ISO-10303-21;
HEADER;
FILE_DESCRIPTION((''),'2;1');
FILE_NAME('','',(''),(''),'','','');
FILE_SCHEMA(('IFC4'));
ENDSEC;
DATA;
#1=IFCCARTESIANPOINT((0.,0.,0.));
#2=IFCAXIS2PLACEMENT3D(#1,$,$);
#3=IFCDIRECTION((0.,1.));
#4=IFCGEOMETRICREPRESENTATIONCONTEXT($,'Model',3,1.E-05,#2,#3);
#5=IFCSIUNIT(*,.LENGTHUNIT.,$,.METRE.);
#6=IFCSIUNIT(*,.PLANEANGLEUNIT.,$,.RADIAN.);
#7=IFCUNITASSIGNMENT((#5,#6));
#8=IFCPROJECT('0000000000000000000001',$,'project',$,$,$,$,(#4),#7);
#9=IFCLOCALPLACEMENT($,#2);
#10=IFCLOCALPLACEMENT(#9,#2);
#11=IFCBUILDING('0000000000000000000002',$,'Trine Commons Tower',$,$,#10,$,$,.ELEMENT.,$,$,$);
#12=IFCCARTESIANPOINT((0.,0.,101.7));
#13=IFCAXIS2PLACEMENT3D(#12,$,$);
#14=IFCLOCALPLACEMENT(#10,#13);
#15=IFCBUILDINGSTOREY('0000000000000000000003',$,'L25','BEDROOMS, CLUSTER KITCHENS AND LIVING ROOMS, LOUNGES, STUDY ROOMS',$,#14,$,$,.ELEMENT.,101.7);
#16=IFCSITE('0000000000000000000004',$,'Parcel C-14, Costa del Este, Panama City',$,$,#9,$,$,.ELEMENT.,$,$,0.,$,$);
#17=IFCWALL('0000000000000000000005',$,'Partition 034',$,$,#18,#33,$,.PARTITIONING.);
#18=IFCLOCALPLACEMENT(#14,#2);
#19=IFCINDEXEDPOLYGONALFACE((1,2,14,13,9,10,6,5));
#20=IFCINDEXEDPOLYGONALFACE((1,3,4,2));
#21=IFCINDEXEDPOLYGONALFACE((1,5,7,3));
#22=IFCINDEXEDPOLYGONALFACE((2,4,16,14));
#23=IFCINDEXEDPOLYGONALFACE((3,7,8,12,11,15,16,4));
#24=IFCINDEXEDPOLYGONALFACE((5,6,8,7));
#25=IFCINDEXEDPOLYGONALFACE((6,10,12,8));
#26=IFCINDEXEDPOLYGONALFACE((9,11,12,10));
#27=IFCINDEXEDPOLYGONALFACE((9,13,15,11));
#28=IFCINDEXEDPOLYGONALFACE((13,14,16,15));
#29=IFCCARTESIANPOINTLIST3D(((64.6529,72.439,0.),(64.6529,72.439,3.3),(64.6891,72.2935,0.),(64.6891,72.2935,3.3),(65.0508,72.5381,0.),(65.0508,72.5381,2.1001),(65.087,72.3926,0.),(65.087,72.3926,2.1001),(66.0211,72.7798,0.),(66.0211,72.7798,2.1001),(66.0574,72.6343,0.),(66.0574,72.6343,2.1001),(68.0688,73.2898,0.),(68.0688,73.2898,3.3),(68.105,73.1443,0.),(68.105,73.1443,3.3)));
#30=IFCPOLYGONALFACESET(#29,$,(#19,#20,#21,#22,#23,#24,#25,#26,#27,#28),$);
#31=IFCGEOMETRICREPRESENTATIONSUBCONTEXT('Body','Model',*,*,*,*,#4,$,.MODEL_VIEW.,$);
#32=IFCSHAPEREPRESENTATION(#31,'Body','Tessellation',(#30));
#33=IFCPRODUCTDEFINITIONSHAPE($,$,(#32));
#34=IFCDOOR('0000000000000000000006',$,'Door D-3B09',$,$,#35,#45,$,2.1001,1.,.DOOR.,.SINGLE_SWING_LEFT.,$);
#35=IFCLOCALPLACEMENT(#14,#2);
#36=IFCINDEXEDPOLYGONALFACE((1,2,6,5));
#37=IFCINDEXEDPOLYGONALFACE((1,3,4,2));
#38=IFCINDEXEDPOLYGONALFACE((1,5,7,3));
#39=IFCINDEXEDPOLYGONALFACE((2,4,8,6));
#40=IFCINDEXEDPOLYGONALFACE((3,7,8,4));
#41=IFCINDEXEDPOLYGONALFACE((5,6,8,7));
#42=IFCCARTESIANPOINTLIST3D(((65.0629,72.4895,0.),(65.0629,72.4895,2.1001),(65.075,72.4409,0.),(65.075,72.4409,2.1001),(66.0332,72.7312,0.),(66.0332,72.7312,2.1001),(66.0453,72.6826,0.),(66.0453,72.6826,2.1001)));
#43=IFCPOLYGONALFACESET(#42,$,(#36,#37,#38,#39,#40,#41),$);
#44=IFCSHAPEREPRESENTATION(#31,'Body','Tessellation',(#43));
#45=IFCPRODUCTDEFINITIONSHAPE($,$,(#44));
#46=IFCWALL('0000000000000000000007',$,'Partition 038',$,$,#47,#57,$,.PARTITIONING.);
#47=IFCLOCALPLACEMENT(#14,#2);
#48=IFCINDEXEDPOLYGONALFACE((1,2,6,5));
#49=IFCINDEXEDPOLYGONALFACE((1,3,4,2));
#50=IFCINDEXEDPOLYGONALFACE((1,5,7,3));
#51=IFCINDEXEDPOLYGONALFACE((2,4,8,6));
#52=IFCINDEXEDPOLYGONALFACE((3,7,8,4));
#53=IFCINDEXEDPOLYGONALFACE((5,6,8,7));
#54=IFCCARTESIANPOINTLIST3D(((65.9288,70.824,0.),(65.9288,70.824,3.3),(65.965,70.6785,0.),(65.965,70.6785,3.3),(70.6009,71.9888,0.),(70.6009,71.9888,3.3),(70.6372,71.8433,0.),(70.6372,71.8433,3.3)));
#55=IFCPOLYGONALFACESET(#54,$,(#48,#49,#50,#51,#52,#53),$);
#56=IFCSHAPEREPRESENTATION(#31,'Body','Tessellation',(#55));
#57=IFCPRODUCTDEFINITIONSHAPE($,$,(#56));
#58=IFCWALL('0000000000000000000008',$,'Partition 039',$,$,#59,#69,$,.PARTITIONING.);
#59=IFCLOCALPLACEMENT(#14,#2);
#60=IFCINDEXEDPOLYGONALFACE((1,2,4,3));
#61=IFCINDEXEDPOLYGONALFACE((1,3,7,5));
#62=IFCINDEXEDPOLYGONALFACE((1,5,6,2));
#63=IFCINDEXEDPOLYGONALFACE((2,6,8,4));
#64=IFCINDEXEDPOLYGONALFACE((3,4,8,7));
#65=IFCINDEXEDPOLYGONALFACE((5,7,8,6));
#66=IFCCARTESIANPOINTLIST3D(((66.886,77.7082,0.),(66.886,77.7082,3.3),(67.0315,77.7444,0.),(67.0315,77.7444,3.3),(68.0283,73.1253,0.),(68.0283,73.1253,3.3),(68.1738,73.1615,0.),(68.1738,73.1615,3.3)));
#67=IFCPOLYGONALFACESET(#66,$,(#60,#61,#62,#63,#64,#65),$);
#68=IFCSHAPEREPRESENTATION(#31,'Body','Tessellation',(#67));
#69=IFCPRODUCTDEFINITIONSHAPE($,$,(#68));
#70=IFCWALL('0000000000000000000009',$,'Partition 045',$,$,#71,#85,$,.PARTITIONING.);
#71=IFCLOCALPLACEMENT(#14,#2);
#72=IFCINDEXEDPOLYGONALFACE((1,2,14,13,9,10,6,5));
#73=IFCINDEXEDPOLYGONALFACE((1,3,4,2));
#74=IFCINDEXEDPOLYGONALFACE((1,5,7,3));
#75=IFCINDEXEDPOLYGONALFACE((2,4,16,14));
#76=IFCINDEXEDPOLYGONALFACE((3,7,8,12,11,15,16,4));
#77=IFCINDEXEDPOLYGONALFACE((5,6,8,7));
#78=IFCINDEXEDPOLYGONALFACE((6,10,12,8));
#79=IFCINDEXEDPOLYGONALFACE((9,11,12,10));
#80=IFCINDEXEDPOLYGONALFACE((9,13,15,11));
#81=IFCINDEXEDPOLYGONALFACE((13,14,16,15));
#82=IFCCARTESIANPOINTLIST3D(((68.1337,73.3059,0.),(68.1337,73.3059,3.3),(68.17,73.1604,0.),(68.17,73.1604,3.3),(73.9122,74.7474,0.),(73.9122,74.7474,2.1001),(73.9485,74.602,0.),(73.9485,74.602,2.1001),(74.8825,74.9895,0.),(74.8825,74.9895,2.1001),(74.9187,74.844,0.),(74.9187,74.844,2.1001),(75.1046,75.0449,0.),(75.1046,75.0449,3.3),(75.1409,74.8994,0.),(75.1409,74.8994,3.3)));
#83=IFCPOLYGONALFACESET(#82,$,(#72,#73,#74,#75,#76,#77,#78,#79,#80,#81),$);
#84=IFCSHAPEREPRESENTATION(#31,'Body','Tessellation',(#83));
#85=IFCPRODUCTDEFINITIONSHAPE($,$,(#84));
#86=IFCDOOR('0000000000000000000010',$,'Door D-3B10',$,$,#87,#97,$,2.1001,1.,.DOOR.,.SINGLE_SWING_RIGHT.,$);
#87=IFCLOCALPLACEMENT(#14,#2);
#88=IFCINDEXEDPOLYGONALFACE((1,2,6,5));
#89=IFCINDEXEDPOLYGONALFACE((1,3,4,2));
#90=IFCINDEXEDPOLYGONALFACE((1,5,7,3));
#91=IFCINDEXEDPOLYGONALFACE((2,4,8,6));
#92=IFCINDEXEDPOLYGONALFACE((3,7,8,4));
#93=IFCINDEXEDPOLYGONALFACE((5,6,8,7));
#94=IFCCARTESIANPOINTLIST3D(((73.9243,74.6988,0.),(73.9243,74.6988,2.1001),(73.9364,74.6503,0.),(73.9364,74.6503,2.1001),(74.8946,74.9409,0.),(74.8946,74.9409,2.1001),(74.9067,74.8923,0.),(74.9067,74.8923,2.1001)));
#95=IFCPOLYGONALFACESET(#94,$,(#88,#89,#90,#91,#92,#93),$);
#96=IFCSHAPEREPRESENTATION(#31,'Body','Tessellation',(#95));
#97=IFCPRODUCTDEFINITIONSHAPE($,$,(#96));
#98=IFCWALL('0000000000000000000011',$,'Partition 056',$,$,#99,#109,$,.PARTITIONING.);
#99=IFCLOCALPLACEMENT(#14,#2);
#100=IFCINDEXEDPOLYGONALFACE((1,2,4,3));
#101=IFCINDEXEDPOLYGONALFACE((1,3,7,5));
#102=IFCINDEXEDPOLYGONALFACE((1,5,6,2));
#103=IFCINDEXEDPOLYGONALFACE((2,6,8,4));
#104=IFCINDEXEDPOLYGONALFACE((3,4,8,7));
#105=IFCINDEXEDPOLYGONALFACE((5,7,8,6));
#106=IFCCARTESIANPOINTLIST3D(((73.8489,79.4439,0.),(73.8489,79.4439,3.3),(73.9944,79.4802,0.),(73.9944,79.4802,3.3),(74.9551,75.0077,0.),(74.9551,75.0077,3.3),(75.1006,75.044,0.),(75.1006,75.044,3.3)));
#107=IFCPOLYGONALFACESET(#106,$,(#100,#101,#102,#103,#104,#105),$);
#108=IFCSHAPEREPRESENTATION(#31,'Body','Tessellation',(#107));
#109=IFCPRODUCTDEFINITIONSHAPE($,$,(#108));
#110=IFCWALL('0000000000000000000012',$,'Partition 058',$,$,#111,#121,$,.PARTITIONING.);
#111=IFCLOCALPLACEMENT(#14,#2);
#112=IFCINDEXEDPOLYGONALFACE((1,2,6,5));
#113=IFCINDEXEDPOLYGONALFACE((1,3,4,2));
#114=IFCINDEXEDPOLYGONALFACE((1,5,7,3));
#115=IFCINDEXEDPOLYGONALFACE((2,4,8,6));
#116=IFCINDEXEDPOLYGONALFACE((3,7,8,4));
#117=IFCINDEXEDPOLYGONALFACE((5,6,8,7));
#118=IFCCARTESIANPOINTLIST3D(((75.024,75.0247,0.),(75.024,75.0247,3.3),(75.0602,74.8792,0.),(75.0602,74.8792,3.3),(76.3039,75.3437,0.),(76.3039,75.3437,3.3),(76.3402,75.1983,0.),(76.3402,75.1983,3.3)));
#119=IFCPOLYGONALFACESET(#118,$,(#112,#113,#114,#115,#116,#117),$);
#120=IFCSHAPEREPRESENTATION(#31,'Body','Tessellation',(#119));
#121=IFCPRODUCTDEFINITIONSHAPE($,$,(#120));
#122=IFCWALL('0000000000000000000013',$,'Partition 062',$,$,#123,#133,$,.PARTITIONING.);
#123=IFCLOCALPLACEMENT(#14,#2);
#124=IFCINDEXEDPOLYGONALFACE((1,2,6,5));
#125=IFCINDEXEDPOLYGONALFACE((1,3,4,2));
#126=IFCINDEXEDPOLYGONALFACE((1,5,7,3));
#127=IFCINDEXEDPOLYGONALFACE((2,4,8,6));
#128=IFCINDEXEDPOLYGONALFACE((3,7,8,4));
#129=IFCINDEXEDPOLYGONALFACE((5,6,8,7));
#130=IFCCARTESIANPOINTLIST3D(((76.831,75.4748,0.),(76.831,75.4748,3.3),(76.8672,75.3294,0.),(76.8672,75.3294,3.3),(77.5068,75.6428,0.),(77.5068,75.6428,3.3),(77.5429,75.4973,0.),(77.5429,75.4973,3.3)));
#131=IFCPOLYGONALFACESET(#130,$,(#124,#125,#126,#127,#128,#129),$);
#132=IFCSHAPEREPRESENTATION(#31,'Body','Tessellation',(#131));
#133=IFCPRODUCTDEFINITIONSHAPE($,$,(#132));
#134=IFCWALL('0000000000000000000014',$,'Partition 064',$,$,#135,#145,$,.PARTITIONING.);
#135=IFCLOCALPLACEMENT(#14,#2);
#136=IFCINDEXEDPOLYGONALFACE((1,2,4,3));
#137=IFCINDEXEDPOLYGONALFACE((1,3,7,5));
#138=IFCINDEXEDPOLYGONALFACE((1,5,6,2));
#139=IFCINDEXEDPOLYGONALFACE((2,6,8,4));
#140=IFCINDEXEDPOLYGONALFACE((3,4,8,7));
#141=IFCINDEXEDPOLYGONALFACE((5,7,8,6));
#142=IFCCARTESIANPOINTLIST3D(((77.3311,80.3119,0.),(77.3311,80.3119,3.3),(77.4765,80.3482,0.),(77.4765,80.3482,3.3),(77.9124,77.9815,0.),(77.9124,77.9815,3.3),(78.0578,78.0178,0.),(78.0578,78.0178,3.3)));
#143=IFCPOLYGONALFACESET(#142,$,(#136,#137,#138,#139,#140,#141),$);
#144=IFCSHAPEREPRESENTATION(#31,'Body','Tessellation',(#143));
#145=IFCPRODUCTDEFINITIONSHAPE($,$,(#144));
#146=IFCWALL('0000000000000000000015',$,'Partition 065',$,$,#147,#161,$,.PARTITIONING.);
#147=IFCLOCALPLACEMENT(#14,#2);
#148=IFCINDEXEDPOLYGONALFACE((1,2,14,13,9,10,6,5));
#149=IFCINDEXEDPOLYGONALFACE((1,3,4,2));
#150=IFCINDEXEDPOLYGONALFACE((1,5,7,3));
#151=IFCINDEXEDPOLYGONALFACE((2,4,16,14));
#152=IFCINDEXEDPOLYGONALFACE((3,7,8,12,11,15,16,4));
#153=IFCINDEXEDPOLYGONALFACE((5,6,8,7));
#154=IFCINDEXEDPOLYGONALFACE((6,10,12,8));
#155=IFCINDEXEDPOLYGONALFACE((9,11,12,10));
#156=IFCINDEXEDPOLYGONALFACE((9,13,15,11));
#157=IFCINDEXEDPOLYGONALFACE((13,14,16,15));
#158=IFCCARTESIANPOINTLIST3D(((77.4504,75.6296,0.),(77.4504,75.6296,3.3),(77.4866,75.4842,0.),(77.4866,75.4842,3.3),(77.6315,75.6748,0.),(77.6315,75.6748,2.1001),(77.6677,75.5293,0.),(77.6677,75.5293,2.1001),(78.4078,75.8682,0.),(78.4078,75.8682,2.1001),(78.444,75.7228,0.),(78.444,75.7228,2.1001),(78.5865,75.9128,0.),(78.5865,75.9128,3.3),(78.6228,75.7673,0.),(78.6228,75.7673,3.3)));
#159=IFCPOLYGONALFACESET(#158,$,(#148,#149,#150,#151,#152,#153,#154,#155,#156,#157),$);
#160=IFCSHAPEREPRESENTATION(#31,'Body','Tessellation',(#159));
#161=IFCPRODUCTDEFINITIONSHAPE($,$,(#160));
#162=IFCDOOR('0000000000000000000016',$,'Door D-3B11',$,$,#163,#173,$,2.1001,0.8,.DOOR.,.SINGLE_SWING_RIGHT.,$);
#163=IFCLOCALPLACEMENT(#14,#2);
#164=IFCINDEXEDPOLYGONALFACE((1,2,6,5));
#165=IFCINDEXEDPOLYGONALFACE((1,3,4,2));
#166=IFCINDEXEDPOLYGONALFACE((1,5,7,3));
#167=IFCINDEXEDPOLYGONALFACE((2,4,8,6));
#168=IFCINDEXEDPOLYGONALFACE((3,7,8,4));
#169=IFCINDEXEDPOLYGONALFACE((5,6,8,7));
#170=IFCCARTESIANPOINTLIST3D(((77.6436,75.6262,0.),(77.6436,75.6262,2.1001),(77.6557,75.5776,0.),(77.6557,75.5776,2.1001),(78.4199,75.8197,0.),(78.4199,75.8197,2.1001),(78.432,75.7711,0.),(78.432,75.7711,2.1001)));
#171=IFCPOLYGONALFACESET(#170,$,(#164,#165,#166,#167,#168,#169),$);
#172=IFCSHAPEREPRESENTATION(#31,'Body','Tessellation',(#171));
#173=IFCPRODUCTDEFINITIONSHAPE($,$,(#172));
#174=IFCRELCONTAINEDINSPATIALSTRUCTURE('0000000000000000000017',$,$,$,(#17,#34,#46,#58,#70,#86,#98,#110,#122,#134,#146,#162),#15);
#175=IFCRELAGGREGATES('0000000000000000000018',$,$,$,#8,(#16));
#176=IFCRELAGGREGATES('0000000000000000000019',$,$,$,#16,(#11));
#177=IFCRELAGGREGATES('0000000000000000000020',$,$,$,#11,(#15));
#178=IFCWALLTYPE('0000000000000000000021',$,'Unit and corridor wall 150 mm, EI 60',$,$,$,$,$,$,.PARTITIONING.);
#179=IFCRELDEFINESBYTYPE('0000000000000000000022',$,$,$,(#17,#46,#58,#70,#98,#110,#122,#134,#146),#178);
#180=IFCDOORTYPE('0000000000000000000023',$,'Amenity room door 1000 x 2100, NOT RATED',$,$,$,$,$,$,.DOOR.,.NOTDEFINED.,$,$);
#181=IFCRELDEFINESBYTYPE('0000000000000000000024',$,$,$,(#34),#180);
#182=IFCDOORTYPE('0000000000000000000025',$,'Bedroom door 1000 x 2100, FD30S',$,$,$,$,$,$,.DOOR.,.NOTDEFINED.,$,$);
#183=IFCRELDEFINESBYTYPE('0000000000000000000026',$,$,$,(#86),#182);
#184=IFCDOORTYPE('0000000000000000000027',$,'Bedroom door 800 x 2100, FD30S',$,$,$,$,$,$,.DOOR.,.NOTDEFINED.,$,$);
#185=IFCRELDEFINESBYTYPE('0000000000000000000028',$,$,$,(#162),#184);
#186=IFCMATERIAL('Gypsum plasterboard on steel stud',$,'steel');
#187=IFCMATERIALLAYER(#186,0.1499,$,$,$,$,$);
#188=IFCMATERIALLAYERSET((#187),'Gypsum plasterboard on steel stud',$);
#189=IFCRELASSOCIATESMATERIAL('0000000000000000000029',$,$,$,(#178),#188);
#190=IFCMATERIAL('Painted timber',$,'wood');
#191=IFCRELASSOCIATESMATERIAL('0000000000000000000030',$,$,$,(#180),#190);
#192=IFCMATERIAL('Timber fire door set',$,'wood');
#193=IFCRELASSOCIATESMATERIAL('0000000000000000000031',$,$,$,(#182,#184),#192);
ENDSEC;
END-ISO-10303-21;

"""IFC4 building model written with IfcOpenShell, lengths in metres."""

from ifc_helpers import new_model, si_unit, direction, frame, frame_2d, origin, place, context, subcontext, project, spatial, rectangle, extrude, material, layer, layer_set, type_object, element, fill, save


model = new_model("IFC4")

# Units and contexts
model_context = context("Model", 3, precision=1e-05, world=origin(), true_north=direction((0.0, 1.0)))
body_context = subcontext(model_context, "Body", "Model", "MODEL_VIEW")
ifc_project = project(units=[si_unit("LENGTHUNIT", "METRE"), si_unit("PLANEANGLEUNIT", "RADIAN")], contexts=[model_context])

# Site, building, storey
site_placement = place(None, origin())
site = spatial("IfcSite", under=ifc_project, at=site_placement, Name="Parcel C-14, Costa del Este, Panama City", CompositionType="ELEMENT", RefElevation=0.0)
building_placement = place(site_placement, origin())
building = spatial("IfcBuilding", under=site, at=building_placement, Name="Trine Commons Tower", CompositionType="ELEMENT")
storey_placement = place(building_placement, frame((0.0, 0.0, 101.7)))
storey = spatial("IfcBuildingStorey", under=building, at=storey_placement, Name="L25", Description="BEDROOMS, CLUSTER KITCHENS AND LIVING ROOMS, LOUNGES, STUDY ROOMS", CompositionType="ELEMENT", Elevation=101.7)

# Shared definitions
ifc_material_1 = material(Name="Gypsum plasterboard on steel stud", Category="steel")
ifc_layer_1 = layer(ifc_material_1, 0.1499)
ifc_layer_set_1 = layer_set([ifc_layer_1], Name="Gypsum plasterboard on steel stud")
wall_type_1 = type_object("IfcWallType", Name="Unit and corridor wall 150 mm, EI 60", PredefinedType="PARTITIONING", material=ifc_layer_set_1)

# Wall, opening, door
wall_1_placement = place(storey_placement, frame((64.6709, 72.3662, 0.0), z_axis=(0.0, 0.0, 1.0), x_axis=(0.970354, 0.241687, 0.0)))
wall_1 = element("IfcWall", 1, at=wall_1_placement, inside=storey, type_object=wall_type_1, Name="Partition 034", PredefinedType="PARTITIONING", context=body_context, shape_type="SweptSolid", body=[
    extrude(rectangle(XDim=3.5203, YDim=0.1499, at=frame_2d((1.7603, 0.0))), origin(), (0.0, 0.0, 1.0), 3.3),
])
opening_1_placement = place(wall_1_placement, frame((0.4102, 0.0, 0.0)))
opening_1 = element("IfcOpeningElement", 2, at=opening_1_placement, cuts=wall_1, PredefinedType="OPENING", context=body_context, shape_type="SweptSolid", body=[
    extrude(rectangle(XDim=1.0, YDim=2.1001, at=frame_2d((0.5, 1.05))), frame((0.0, 0.085, 0.0), z_axis=(0.0, -1.0, 0.0), x_axis=(1.0, 0.0, 0.0)), (0.0, 0.0, 1.0), 0.1699),
])
ifc_material_2 = material(Name="Painted timber", Category="wood")
door_type_1 = type_object("IfcDoorType", Name="Amenity room door 1000 x 2100, NOT RATED", OperationType="NOTDEFINED", PredefinedType="DOOR", material=ifc_material_2)
door_1_placement = place(opening_1_placement, origin())
door_1 = element("IfcDoor", 3, at=door_1_placement, inside=storey, type_object=door_type_1, Name="Door D-3B09", OperationType="SINGLE_SWING_LEFT", OverallHeight=2.1001, OverallWidth=1.0, PredefinedType="DOOR", context=body_context, shape_type="SweptSolid", body=[
    extrude(rectangle(XDim=1.0, YDim=2.1001, at=frame_2d((0.5, 1.05))), frame((0.0, 0.0249, 0.0), z_axis=(0.0, -1.0, 0.0), x_axis=(1.0, 0.0, 0.0)), (0.0, 0.0, 1.0), 0.05),
])
fill(opening_1, door_1)

# Walls
wall_2_placement = place(storey_placement, frame((65.9468, 70.7512, 0.0), z_axis=(0.0, 0.0, 1.0), x_axis=(0.9703, 0.241903, 0.0)))
element("IfcWall", 4, at=wall_2_placement, inside=storey, type_object=wall_type_1, Name="Partition 038", PredefinedType="PARTITIONING", context=body_context, shape_type="SweptSolid", body=[
    extrude(rectangle(XDim=4.8152, YDim=0.1499, at=frame_2d((2.4077, 0.0))), origin(), (0.0, 0.0, 1.0), 3.3),
])
wall_3_placement = place(storey_placement, frame((66.9587, 77.7263, 0.0), z_axis=(0.0, 0.0, 1.0), x_axis=(0.241854, -0.970313, 0.0)))
element("IfcWall", 5, at=wall_3_placement, inside=storey, type_object=wall_type_1, Name="Partition 039", PredefinedType="PARTITIONING", context=body_context, shape_type="SweptSolid", body=[
    extrude(rectangle(XDim=4.7231, YDim=0.1499, at=frame_2d((2.3616, 0.0))), origin(), (0.0, 0.0, 1.0), 3.3),
])

# Wall, opening, door
wall_4_placement = place(storey_placement, frame((68.1519, 73.2332, 0.0), z_axis=(0.0, 0.0, 1.0), x_axis=(0.970264, 0.242048, 0.0)))
wall_4 = element("IfcWall", 6, at=wall_4_placement, inside=storey, type_object=wall_type_1, Name="Partition 045", PredefinedType="PARTITIONING", context=body_context, shape_type="SweptSolid", body=[
    extrude(rectangle(XDim=7.1846, YDim=0.1499, at=frame_2d((3.5923, 0.0))), origin(), (0.0, 0.0, 1.0), 3.3),
])
opening_2_placement = place(wall_4_placement, frame((5.9556, 0.0, 0.0)))
opening_2 = element("IfcOpeningElement", 7, at=opening_2_placement, cuts=wall_4, PredefinedType="OPENING", context=body_context, shape_type="SweptSolid", body=[
    extrude(rectangle(XDim=1.0, YDim=2.1001, at=frame_2d((0.5, 1.05))), frame((0.0, 0.085, 0.0), z_axis=(0.0, -1.0, 0.0), x_axis=(1.0, 0.0, 0.0)), (0.0, 0.0, 1.0), 0.1699),
])
ifc_material_3 = material(Name="Timber fire door set", Category="wood")
door_type_2 = type_object("IfcDoorType", Name="Bedroom door 1000 x 2100, FD30S", OperationType="NOTDEFINED", PredefinedType="DOOR", material=ifc_material_3)
door_2_placement = place(opening_2_placement, origin())
door_2 = element("IfcDoor", 8, at=door_2_placement, inside=storey, type_object=door_type_2, Name="Door D-3B10", OperationType="SINGLE_SWING_RIGHT", OverallHeight=2.1001, OverallWidth=1.0, PredefinedType="DOOR", context=body_context, shape_type="SweptSolid", body=[
    extrude(rectangle(XDim=1.0, YDim=2.1001, at=frame_2d((0.5, 1.05))), frame((0.0, 0.0249, 0.0), z_axis=(0.0, -1.0, 0.0), x_axis=(1.0, 0.0, 0.0)), (0.0, 0.0, 1.0), 0.05),
])
fill(opening_2, door_2)

# Walls
wall_5_placement = place(storey_placement, frame((73.9216, 79.4622, 0.0), z_axis=(0.0, 0.0, 1.0), x_axis=(0.241945, -0.97029, 0.0)))
element("IfcWall", 9, at=wall_5_placement, inside=storey, type_object=wall_type_1, Name="Partition 056", PredefinedType="PARTITIONING", context=body_context, shape_type="SweptSolid", body=[
    extrude(rectangle(XDim=4.572, YDim=0.1499, at=frame_2d((2.2861, 0.0))), origin(), (0.0, 0.0, 1.0), 3.3),
])
wall_6_placement = place(storey_placement, frame((75.042, 74.9519, 0.0), z_axis=(0.0, 0.0, 1.0), x_axis=(0.970306, 0.241882, 0.0)))
element("IfcWall", 10, at=wall_6_placement, inside=storey, type_object=wall_type_1, Name="Partition 058", PredefinedType="PARTITIONING", context=body_context, shape_type="SweptSolid", body=[
    extrude(rectangle(XDim=1.3191, YDim=0.1499, at=frame_2d((0.6597, 0.0))), origin(), (0.0, 0.0, 1.0), 3.3),
])
wall_7_placement = place(storey_placement, frame((76.8491, 75.4021, 0.0), z_axis=(0.0, 0.0, 1.0), x_axis=(0.970472, 0.241215, 0.0)))
element("IfcWall", 11, at=wall_7_placement, inside=storey, type_object=wall_type_1, Name="Partition 062", PredefinedType="PARTITIONING", context=body_context, shape_type="SweptSolid", body=[
    extrude(rectangle(XDim=0.6963, YDim=0.1499, at=frame_2d((0.3481, 0.0))), origin(), (0.0, 0.0, 1.0), 3.3),
])
wall_8_placement = place(storey_placement, frame((77.4038, 80.3301, 0.0), z_axis=(0.0, 0.0, 1.0), x_axis=(0.242009, -0.970274, 0.0)))
element("IfcWall", 12, at=wall_8_placement, inside=storey, type_object=wall_type_1, Name="Partition 064", PredefinedType="PARTITIONING", context=body_context, shape_type="SweptSolid", body=[
    extrude(rectangle(XDim=2.4019, YDim=0.1499, at=frame_2d((1.2009, 0.0))), origin(), (0.0, 0.0, 1.0), 3.3),
])

# Wall, opening, door
wall_9_placement = place(storey_placement, frame((77.4685, 75.5569, 0.0), z_axis=(0.0, 0.0, 1.0), x_axis=(0.970314, 0.241849, 0.0)))
wall_9 = element("IfcWall", 13, at=wall_9_placement, inside=storey, type_object=wall_type_1, Name="Partition 065", PredefinedType="PARTITIONING", context=body_context, shape_type="SweptSolid", body=[
    extrude(rectangle(XDim=1.1709, YDim=0.1499, at=frame_2d((0.5854, 0.0))), origin(), (0.0, 0.0, 1.0), 3.3),
])
opening_3_placement = place(wall_9_placement, frame((0.1868, 0.0, 0.0)))
opening_3 = element("IfcOpeningElement", 14, at=opening_3_placement, cuts=wall_9, PredefinedType="OPENING", context=body_context, shape_type="SweptSolid", body=[
    extrude(rectangle(XDim=0.8, YDim=2.1001, at=frame_2d((0.3999, 1.05))), frame((0.0, 0.085, 0.0), z_axis=(0.0, -1.0, 0.0), x_axis=(1.0, 0.0, 0.0)), (0.0, 0.0, 1.0), 0.1699),
])
door_type_3 = type_object("IfcDoorType", Name="Bedroom door 800 x 2100, FD30S", OperationType="NOTDEFINED", PredefinedType="DOOR", material=ifc_material_3)
door_3_placement = place(opening_3_placement, origin())
door_3 = element("IfcDoor", 15, at=door_3_placement, inside=storey, type_object=door_type_3, Name="Door D-3B11", OperationType="SINGLE_SWING_RIGHT", OverallHeight=2.1001, OverallWidth=0.8, PredefinedType="DOOR", context=body_context, shape_type="SweptSolid", body=[
    extrude(rectangle(XDim=0.8, YDim=2.1001, at=frame_2d((0.3999, 1.05))), frame((0.0, 0.0249, 0.0), z_axis=(0.0, -1.0, 0.0), x_axis=(1.0, 0.0, 0.0)), (0.0, 0.0, 1.0), 0.05),
])
fill(opening_3, door_3)

save(model, "model.ifc")
